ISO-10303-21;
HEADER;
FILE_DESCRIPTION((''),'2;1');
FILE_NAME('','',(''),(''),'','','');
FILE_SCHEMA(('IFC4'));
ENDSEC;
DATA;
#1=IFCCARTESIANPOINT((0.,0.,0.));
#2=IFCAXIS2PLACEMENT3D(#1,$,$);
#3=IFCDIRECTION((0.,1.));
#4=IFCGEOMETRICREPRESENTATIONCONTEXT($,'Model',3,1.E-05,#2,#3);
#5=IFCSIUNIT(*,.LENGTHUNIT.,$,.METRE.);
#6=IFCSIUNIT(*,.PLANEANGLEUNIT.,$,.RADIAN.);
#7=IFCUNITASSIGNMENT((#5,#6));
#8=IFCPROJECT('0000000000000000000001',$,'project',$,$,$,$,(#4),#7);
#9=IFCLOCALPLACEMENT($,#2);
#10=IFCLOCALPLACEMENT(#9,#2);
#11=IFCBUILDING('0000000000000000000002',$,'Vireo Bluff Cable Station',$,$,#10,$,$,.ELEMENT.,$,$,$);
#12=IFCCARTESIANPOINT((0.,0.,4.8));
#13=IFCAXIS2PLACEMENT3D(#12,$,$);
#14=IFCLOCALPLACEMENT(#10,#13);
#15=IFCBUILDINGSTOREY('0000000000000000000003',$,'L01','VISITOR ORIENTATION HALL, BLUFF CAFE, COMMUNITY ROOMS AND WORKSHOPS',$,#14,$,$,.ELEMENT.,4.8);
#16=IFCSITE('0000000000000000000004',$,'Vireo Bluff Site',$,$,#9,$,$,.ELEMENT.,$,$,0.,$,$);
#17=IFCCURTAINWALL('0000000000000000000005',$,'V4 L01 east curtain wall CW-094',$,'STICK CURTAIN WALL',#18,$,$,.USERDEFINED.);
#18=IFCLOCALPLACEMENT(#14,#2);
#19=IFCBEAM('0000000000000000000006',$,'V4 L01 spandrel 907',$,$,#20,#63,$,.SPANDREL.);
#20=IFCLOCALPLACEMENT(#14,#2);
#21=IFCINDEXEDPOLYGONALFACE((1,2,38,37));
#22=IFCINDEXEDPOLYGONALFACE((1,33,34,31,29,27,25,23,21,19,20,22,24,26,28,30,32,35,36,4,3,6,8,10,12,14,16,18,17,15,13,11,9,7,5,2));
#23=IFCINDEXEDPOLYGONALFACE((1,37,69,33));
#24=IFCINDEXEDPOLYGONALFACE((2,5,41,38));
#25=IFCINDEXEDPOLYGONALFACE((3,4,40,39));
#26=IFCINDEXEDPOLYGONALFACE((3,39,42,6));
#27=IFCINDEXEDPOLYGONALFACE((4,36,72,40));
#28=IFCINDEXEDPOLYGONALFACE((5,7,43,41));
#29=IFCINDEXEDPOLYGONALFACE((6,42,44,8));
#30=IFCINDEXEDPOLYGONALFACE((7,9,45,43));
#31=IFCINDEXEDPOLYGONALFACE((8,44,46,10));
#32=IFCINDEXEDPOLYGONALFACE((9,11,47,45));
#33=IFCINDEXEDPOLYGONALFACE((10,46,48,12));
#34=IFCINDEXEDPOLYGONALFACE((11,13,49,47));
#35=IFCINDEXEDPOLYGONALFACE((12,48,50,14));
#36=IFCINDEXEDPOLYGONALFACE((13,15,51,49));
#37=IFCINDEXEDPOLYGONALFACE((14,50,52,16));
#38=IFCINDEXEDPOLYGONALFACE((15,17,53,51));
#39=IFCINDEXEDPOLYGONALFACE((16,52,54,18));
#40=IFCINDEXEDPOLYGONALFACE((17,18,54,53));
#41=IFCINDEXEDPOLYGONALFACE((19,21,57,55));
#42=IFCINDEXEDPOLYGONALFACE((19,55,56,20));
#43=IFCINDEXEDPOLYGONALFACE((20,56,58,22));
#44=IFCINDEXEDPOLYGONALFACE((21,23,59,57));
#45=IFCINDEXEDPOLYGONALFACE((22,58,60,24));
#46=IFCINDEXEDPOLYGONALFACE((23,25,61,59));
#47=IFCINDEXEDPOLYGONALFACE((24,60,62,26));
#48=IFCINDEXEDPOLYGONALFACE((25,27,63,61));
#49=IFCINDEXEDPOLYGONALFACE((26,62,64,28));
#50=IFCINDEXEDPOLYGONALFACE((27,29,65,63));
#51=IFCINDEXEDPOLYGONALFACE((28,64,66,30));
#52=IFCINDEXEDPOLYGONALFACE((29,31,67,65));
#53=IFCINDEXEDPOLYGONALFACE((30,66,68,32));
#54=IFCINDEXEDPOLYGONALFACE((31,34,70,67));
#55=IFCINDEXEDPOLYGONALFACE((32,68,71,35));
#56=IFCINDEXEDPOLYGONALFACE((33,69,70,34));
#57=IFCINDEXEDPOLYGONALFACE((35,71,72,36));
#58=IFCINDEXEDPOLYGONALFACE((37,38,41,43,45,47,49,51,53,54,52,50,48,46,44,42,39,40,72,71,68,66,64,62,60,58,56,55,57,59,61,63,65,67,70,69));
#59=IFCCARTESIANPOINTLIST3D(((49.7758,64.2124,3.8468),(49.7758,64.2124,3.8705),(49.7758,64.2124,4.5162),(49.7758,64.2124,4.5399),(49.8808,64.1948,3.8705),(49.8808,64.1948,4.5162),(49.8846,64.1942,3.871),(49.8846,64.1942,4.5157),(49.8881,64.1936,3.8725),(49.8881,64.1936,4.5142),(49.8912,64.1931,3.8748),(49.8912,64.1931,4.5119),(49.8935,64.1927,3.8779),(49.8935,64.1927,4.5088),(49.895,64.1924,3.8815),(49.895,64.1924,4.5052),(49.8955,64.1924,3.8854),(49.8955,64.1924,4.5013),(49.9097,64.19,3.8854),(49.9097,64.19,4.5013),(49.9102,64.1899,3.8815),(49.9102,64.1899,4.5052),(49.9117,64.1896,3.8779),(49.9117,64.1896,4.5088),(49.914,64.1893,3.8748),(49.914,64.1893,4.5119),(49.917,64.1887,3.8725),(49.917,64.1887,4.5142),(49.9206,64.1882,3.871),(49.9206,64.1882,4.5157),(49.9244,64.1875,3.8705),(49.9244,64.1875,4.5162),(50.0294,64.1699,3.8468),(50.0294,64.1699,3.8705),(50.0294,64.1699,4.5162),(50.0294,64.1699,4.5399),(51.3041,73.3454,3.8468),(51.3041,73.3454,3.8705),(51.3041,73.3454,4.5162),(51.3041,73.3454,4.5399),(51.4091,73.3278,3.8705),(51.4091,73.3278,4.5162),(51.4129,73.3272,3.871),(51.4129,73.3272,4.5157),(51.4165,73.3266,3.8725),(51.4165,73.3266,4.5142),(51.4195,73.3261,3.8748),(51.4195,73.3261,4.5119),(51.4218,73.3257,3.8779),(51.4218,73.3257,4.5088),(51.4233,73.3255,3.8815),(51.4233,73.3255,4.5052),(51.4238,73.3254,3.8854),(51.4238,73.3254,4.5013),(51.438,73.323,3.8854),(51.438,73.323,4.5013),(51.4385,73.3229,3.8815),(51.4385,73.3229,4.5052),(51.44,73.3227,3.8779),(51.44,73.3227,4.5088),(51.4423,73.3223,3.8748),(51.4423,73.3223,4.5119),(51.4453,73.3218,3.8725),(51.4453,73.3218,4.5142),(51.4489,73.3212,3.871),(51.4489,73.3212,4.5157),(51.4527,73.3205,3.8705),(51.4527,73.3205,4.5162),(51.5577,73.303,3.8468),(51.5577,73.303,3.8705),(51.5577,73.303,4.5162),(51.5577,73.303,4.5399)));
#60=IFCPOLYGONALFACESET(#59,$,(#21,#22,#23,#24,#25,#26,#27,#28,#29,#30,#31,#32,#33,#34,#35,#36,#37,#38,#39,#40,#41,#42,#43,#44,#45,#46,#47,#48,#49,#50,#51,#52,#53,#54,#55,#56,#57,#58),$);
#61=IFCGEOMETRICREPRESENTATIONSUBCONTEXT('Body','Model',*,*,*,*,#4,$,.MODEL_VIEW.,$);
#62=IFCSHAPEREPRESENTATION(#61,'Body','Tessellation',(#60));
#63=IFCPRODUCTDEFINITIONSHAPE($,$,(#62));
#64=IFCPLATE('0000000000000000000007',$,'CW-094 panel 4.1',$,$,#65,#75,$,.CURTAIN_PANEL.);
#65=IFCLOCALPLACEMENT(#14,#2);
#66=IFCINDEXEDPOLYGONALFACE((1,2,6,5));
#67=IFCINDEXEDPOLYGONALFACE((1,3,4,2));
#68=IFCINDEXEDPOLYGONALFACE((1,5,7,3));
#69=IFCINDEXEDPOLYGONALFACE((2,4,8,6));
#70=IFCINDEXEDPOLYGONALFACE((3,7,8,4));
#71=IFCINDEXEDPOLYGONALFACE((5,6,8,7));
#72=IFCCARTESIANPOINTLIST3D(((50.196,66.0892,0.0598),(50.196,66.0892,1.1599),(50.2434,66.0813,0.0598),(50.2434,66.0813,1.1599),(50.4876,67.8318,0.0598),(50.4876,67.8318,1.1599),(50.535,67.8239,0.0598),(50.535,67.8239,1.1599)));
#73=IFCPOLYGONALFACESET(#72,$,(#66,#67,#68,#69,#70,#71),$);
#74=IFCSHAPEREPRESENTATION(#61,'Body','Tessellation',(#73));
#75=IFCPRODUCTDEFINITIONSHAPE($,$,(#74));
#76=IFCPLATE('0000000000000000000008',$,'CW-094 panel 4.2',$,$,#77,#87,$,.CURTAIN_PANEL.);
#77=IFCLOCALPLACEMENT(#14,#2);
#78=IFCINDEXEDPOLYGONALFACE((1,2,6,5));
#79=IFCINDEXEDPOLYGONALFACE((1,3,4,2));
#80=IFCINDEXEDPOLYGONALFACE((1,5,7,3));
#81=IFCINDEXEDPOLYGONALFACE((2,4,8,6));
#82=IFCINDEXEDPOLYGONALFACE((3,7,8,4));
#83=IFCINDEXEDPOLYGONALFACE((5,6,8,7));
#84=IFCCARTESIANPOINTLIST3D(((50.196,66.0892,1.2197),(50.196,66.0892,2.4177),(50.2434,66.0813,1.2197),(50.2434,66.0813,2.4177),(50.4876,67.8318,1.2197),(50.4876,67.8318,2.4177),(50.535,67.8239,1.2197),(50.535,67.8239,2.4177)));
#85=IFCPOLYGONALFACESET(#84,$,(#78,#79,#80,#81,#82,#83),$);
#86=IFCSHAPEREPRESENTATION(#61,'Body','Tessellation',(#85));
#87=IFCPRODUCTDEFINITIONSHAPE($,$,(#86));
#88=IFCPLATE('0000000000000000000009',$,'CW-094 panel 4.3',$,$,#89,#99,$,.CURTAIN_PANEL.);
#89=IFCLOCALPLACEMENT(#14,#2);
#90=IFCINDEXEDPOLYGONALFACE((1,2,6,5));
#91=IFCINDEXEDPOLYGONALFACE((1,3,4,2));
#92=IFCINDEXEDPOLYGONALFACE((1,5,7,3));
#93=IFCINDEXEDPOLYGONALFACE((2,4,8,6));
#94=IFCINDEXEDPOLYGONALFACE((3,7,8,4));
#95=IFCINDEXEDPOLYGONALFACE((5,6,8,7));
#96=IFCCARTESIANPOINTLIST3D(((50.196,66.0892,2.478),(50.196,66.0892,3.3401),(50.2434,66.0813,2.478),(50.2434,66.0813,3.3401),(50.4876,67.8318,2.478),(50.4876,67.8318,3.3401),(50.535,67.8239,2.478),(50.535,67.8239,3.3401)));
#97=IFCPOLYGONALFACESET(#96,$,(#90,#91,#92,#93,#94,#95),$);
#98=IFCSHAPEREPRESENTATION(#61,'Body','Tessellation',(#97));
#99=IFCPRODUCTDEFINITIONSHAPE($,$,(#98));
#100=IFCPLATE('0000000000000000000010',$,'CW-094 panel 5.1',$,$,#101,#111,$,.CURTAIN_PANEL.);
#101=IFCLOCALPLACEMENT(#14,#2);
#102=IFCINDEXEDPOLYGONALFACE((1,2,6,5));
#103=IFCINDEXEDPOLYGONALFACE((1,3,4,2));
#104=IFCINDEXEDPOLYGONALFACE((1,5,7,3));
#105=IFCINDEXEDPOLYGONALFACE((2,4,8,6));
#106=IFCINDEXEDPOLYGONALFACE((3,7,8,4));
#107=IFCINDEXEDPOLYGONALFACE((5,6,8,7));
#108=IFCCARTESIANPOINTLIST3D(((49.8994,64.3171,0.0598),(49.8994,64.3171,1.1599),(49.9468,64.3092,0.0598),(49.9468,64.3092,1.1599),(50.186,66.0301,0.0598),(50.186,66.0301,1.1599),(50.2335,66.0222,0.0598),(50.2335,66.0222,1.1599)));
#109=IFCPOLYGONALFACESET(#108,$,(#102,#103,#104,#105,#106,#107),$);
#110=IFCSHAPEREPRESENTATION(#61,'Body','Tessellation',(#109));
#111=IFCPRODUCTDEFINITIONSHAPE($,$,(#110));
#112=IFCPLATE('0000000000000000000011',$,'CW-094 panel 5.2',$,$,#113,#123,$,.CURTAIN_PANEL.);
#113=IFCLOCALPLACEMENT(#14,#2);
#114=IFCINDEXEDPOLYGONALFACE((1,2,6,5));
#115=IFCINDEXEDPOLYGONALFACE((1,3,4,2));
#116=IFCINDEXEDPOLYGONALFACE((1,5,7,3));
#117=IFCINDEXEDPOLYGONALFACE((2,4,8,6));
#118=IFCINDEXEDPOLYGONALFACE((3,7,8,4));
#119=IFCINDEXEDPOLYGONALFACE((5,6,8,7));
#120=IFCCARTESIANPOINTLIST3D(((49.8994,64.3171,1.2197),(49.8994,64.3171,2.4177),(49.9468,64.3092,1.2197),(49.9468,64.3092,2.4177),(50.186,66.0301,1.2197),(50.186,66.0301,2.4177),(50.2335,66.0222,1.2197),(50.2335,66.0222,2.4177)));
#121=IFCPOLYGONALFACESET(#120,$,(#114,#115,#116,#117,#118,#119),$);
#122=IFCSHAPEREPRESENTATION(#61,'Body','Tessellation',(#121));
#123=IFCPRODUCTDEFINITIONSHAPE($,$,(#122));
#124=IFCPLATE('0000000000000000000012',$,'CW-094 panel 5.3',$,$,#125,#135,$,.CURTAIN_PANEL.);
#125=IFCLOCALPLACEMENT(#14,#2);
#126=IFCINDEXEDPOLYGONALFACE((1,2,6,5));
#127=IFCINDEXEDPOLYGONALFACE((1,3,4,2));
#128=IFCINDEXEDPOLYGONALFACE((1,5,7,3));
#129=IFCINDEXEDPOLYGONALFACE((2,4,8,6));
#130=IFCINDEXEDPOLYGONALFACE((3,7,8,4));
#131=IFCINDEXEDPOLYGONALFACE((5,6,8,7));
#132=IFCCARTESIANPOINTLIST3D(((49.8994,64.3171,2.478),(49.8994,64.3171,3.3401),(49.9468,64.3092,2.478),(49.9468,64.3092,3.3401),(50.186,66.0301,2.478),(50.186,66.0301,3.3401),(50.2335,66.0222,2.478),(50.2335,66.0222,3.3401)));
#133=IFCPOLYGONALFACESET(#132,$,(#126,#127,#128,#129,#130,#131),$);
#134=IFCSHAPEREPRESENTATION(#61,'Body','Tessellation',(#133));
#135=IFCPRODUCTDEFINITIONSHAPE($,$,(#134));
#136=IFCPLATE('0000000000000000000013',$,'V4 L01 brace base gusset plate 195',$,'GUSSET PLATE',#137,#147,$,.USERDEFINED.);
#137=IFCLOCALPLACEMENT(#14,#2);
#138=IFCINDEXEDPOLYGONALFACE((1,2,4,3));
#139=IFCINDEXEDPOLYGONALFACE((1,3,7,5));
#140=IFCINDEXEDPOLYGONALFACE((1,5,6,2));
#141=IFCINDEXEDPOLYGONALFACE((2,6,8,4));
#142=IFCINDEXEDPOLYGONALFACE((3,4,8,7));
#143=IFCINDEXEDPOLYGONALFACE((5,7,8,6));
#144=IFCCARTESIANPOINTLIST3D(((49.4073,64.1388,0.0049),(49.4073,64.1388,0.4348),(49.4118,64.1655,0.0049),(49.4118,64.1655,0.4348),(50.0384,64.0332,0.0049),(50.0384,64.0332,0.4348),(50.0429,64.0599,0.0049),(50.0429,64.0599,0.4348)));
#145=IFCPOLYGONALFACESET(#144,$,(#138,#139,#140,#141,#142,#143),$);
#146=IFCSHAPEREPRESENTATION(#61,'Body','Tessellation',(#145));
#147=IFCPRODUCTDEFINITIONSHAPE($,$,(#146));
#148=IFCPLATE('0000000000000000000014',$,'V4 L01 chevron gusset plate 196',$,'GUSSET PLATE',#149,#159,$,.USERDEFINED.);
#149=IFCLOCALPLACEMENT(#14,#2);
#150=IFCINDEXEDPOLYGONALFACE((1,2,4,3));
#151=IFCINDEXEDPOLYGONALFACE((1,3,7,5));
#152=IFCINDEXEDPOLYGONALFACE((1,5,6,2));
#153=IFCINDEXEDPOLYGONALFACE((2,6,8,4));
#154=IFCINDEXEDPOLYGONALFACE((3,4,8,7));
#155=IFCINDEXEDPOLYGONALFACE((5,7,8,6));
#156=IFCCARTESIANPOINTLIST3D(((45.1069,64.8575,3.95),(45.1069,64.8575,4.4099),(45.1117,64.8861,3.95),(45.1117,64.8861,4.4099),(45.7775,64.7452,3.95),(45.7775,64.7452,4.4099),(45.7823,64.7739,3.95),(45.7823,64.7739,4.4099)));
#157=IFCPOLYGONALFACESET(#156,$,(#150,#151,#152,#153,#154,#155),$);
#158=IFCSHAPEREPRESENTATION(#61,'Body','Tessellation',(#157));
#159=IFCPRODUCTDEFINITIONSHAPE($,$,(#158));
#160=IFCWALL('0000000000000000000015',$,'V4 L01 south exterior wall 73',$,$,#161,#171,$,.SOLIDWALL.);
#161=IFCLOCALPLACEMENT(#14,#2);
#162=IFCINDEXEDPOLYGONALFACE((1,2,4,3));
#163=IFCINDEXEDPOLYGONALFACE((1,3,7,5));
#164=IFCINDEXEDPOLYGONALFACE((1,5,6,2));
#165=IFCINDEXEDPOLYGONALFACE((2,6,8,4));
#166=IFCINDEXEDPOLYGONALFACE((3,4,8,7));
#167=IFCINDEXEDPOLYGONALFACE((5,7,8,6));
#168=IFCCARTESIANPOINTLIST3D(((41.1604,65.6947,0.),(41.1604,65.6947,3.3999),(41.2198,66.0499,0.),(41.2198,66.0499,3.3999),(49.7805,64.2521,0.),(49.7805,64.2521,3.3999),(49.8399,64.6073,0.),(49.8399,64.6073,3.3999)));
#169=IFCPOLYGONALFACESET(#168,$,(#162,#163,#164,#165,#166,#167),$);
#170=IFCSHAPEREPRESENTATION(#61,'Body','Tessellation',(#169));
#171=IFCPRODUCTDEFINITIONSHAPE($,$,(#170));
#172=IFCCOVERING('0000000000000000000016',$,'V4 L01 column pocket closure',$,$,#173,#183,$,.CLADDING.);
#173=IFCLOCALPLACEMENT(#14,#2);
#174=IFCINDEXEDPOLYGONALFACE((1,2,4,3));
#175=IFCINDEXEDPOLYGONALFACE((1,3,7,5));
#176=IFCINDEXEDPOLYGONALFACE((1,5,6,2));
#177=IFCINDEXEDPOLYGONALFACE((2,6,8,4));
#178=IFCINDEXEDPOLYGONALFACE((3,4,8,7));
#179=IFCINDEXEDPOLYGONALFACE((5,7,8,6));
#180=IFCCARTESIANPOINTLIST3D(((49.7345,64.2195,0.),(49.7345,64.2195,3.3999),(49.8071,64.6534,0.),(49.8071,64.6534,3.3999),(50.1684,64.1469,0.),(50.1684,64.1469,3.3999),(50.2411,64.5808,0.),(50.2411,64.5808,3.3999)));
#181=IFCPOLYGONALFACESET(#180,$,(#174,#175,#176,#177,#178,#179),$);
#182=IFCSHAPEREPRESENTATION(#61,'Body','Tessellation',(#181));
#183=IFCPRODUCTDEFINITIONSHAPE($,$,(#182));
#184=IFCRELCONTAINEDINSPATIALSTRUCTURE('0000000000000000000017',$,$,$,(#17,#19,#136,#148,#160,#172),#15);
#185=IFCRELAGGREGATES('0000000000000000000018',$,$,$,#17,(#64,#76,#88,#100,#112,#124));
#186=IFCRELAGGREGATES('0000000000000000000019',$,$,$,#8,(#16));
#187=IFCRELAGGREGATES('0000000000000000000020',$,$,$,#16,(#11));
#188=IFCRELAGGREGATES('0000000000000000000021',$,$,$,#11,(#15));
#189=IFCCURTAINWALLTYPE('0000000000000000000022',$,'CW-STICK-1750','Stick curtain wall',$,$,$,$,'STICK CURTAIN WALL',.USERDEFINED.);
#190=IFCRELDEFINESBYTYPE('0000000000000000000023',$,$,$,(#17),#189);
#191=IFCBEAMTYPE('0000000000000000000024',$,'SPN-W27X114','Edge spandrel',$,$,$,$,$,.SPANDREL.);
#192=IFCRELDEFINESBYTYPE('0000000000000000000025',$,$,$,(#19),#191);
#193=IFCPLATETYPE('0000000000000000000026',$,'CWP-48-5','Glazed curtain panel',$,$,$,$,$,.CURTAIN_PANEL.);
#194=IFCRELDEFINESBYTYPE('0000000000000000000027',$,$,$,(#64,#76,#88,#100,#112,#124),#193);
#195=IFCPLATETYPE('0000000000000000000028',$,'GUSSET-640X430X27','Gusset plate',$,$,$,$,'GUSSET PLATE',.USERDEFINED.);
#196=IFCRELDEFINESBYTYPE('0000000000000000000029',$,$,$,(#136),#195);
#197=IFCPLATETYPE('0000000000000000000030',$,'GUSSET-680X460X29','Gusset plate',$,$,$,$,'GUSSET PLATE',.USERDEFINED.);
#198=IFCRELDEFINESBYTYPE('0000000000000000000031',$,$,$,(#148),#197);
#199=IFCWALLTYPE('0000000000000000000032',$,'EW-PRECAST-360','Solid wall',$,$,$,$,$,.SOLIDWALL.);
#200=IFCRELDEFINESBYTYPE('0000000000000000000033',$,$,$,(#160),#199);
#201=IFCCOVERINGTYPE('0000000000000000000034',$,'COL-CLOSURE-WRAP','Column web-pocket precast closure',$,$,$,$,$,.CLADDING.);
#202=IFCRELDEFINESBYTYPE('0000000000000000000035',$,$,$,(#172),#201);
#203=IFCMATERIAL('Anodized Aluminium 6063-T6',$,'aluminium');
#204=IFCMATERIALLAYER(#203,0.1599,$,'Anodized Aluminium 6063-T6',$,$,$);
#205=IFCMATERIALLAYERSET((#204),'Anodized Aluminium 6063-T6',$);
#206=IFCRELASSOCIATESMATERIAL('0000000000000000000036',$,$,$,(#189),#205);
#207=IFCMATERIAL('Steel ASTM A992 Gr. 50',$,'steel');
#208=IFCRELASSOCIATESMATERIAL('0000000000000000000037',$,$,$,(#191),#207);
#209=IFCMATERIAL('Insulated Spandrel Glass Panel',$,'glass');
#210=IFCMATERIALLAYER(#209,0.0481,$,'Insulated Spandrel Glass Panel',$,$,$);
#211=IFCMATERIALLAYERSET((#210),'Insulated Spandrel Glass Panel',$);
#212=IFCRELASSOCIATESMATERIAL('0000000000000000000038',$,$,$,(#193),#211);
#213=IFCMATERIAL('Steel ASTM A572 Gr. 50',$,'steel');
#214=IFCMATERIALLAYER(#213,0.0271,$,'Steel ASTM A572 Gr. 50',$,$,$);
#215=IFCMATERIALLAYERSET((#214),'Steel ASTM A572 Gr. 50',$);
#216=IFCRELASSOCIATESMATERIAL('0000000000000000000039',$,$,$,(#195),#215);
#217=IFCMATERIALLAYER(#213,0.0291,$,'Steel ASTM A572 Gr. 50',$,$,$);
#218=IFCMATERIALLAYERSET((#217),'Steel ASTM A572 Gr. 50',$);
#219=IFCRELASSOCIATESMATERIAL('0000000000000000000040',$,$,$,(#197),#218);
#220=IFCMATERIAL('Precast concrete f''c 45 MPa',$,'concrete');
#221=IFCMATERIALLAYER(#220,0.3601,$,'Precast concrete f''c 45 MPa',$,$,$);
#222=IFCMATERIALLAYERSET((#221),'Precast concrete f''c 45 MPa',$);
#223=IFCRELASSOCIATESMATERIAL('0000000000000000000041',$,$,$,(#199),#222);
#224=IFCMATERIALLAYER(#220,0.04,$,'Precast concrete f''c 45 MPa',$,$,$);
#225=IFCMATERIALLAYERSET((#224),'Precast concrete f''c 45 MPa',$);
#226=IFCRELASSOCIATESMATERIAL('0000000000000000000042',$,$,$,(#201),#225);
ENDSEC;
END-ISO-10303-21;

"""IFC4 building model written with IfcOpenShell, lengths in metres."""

from ifc_helpers import new_model, si_unit, direction, frame, frame_2d, origin, origin_2d, place, context, subcontext, project, spatial, rectangle, i_section, extrude, material, layer, layer_set, material_profile, profile_set, type_object, element, aggregate, save


model = new_model("IFC4")

# Units and contexts
model_context = context("Model", 3, precision=1e-05, world=origin(), true_north=direction((0.0, 1.0)))
body_context = subcontext(model_context, "Body", "Model", "MODEL_VIEW")
ifc_project = project(units=[si_unit("LENGTHUNIT", "METRE"), si_unit("PLANEANGLEUNIT", "RADIAN")], contexts=[model_context])

# Site, building, storey
site_placement = place(None, origin())
site = spatial("IfcSite", under=ifc_project, at=site_placement, Name="Vireo Bluff Site", CompositionType="ELEMENT", RefElevation=0.0)
building_placement = place(site_placement, origin())
building = spatial("IfcBuilding", under=site, at=building_placement, Name="Vireo Bluff Cable Station", CompositionType="ELEMENT")
storey_placement = place(building_placement, frame((0.0, 0.0, 4.8)))
storey = spatial("IfcBuildingStorey", under=building, at=storey_placement, Name="L01", Description="VISITOR ORIENTATION HALL, BLUFF CAFE, COMMUNITY ROOMS AND WORKSHOPS", CompositionType="ELEMENT", Elevation=4.8)

# Shared definitions
ifc_material_1 = material(Name="Steel ASTM A992 Gr. 50", Category="steel")

# Curtain wall
ifc_material_2 = material(Name="Anodized Aluminium 6063-T6", Category="aluminium")
ifc_layer_1 = layer(ifc_material_2, 0.1599, Name="Anodized Aluminium 6063-T6")
ifc_layer_set_1 = layer_set([ifc_layer_1], Name="Anodized Aluminium 6063-T6")
curtain_wall_type = type_object("IfcCurtainWallType", Name="CW-STICK-1750", Description="Stick curtain wall", ElementType="STICK CURTAIN WALL", PredefinedType="USERDEFINED", material=ifc_layer_set_1)
curtain_wall_placement = place(storey_placement, origin())
curtain_wall = element("IfcCurtainWall", 1, at=curtain_wall_placement, inside=storey, type_object=curtain_wall_type, Name="V4 L01 east curtain wall CW-094", ObjectType="STICK CURTAIN WALL", PredefinedType="USERDEFINED")

# Beam
ifc_material_profile_1 = material_profile(ifc_material_1, i_section(OverallWidth=0.2571, OverallDepth=0.6931, WebThickness=0.0144, FlangeThickness=0.0237, FilletRadius=0.0149, at=origin_2d()), Name="W27X114")
ifc_profile_set_1 = profile_set([ifc_material_profile_1], Name="Steel ASTM A992 Gr. 50")
beam_type_1 = type_object("IfcBeamType", Name="SPN-W27X114", Description="Edge spandrel", PredefinedType="SPANDREL", material=ifc_profile_set_1)
beam_1_placement = place(storey_placement, frame((49.9026, 64.1912, 4.1934), z_axis=(0.165045, 0.986286, 0.0), x_axis=(-0.986286, 0.165045, 0.0)))
element("IfcBeam", 2, at=beam_1_placement, inside=storey, type_object=beam_type_1, Name="V4 L01 spandrel 907", PredefinedType="SPANDREL", context=body_context, shape_type="SweptSolid", body=[
    extrude(i_section(OverallWidth=0.2571, OverallDepth=0.6931, WebThickness=0.0144, FlangeThickness=0.0237, FilletRadius=0.0149, at=origin_2d()), origin(), (0.0, 0.0, 1.0), 9.26),
])

# Plates
ifc_material_3 = material(Name="Insulated Spandrel Glass Panel", Category="glass")
ifc_layer_2 = layer(ifc_material_3, 0.0481, Name="Insulated Spandrel Glass Panel")
ifc_layer_set_2 = layer_set([ifc_layer_2], Name="Insulated Spandrel Glass Panel")
plate_type_1 = type_object("IfcPlateType", Name="CWP-48-5", Description="Glazed curtain panel", PredefinedType="CURTAIN_PANEL", material=ifc_layer_set_2)
plate_1_placement = place(storey_placement, frame((50.3655, 66.9565, 0.0598), z_axis=(0.0, 0.0, 1.0), x_axis=(-0.165048, -0.986286, 0.0)))
plate_1 = element("IfcPlate", 3, at=plate_1_placement, type_object=plate_type_1, Name="CW-094 panel 4.1", PredefinedType="CURTAIN_PANEL", context=body_context, shape_type="SweptSolid", body=[
    extrude(rectangle(XDim=1.7668, YDim=0.0481, at=origin_2d()), origin(), (0.0, 0.0, 1.0), 1.1001),
])
plate_2_placement = place(storey_placement, frame((50.3655, 66.9565, 1.2197), z_axis=(0.0, 0.0, 1.0), x_axis=(-0.165048, -0.986286, 0.0)))
plate_2 = element("IfcPlate", 4, at=plate_2_placement, type_object=plate_type_1, Name="CW-094 panel 4.2", PredefinedType="CURTAIN_PANEL", context=body_context, shape_type="SweptSolid", body=[
    extrude(rectangle(XDim=1.7668, YDim=0.0481, at=origin_2d()), origin(), (0.0, 0.0, 1.0), 1.198),
])
plate_3_placement = place(storey_placement, frame((50.3655, 66.9565, 2.478), z_axis=(0.0, 0.0, 1.0), x_axis=(-0.165048, -0.986286, 0.0)))
plate_3 = element("IfcPlate", 5, at=plate_3_placement, type_object=plate_type_1, Name="CW-094 panel 4.3", PredefinedType="CURTAIN_PANEL", context=body_context, shape_type="SweptSolid", body=[
    extrude(rectangle(XDim=1.7668, YDim=0.0481, at=origin_2d()), origin(), (0.0, 0.0, 1.0), 0.8621),
])
plate_4_placement = place(storey_placement, frame((50.0664, 65.1697, 0.0598), z_axis=(0.0, 0.0, 1.0), x_axis=(-0.165048, -0.986286, 0.0)))
plate_4 = element("IfcPlate", 6, at=plate_4_placement, type_object=plate_type_1, Name="CW-094 panel 5.1", PredefinedType="CURTAIN_PANEL", context=body_context, shape_type="SweptSolid", body=[
    extrude(rectangle(XDim=1.7368, YDim=0.0481, at=origin_2d()), origin(), (0.0, 0.0, 1.0), 1.1001),
])
plate_5_placement = place(storey_placement, frame((50.0664, 65.1697, 1.2197), z_axis=(0.0, 0.0, 1.0), x_axis=(-0.165048, -0.986286, 0.0)))
plate_5 = element("IfcPlate", 7, at=plate_5_placement, type_object=plate_type_1, Name="CW-094 panel 5.2", PredefinedType="CURTAIN_PANEL", context=body_context, shape_type="SweptSolid", body=[
    extrude(rectangle(XDim=1.7368, YDim=0.0481, at=origin_2d()), origin(), (0.0, 0.0, 1.0), 1.198),
])
plate_6_placement = place(storey_placement, frame((50.0664, 65.1697, 2.478), z_axis=(0.0, 0.0, 1.0), x_axis=(-0.165048, -0.986286, 0.0)))
plate_6 = element("IfcPlate", 8, at=plate_6_placement, type_object=plate_type_1, Name="CW-094 panel 5.3", PredefinedType="CURTAIN_PANEL", context=body_context, shape_type="SweptSolid", body=[
    extrude(rectangle(XDim=1.7368, YDim=0.0481, at=origin_2d()), origin(), (0.0, 0.0, 1.0), 0.8621),
])
aggregate(curtain_wall, [plate_1, plate_2, plate_3, plate_4, plate_5, plate_6])

# Plates
ifc_material_4 = material(Name="Steel ASTM A572 Gr. 50", Category="steel")
ifc_layer_3 = layer(ifc_material_4, 0.0271, Name="Steel ASTM A572 Gr. 50")
ifc_layer_set_3 = layer_set([ifc_layer_3], Name="Steel ASTM A572 Gr. 50")
plate_type_2 = type_object("IfcPlateType", Name="GUSSET-640X430X27", Description="Gusset plate", ElementType="GUSSET PLATE", PredefinedType="USERDEFINED", material=ifc_layer_set_3)
plate_7_placement = place(storey_placement, frame((49.7251, 64.0994, 0.0049), z_axis=(0.0, 0.0, 1.0), x_axis=(0.986286, -0.165048, 0.0)))
element("IfcPlate", 9, at=plate_7_placement, inside=storey, type_object=plate_type_2, Name="V4 L01 brace base gusset plate 195", ObjectType="GUSSET PLATE", PredefinedType="USERDEFINED", context=body_context, shape_type="SweptSolid", body=[
    extrude(rectangle(XDim=0.6399, YDim=0.0271, at=origin_2d()), origin(), (0.0, 0.0, 1.0), 0.4299),
])
ifc_layer_4 = layer(ifc_material_4, 0.0291, Name="Steel ASTM A572 Gr. 50")
ifc_layer_set_4 = layer_set([ifc_layer_4], Name="Steel ASTM A572 Gr. 50")
plate_type_3 = type_object("IfcPlateType", Name="GUSSET-680X460X29", Description="Gusset plate", ElementType="GUSSET PLATE", PredefinedType="USERDEFINED", material=ifc_layer_set_4)
plate_8_placement = place(storey_placement, frame((45.4446, 64.8157, 3.95), z_axis=(0.0, 0.0, 1.0), x_axis=(0.986286, -0.165048, 0.0)))
element("IfcPlate", 10, at=plate_8_placement, inside=storey, type_object=plate_type_3, Name="V4 L01 chevron gusset plate 196", ObjectType="GUSSET PLATE", PredefinedType="USERDEFINED", context=body_context, shape_type="SweptSolid", body=[
    extrude(rectangle(XDim=0.6799, YDim=0.0291, at=origin_2d()), origin(), (0.0, 0.0, 1.0), 0.46),
])

# Wall
ifc_material_5 = material(Name="Precast concrete f'c 45 MPa", Category="concrete")
ifc_layer_5 = layer(ifc_material_5, 0.3601, Name="Precast concrete f'c 45 MPa")
ifc_layer_set_5 = layer_set([ifc_layer_5], Name="Precast concrete f'c 45 MPa")
wall_type = type_object("IfcWallType", Name="EW-PRECAST-360", Description="Solid wall", PredefinedType="SOLIDWALL", material=ifc_layer_set_5)
wall_placement = place(storey_placement, frame((49.8103, 64.4297, 0.0), z_axis=(0.0, 0.0, 1.0), x_axis=(-0.986283, 0.16506, 0.0)))
element("IfcWall", 11, at=wall_placement, inside=storey, type_object=wall_type, Name="V4 L01 south exterior wall 73", PredefinedType="SOLIDWALL", context=body_context, shape_type="SweptSolid", body=[
    extrude(rectangle(XDim=8.74, YDim=0.3601, at=frame_2d((4.3701, 0.0))), origin(), (0.0, 0.0, 1.0), 3.3999),
])

# Covering
ifc_layer_6 = layer(ifc_material_5, 0.04, Name="Precast concrete f'c 45 MPa")
ifc_layer_set_6 = layer_set([ifc_layer_6], Name="Precast concrete f'c 45 MPa")
covering_type = type_object("IfcCoveringType", Name="COL-CLOSURE-WRAP", Description="Column web-pocket precast closure", PredefinedType="CLADDING", material=ifc_layer_set_6)
covering_placement = place(storey_placement, frame((49.9878, 64.4001, 0.0), z_axis=(0.0, 0.0, 1.0), x_axis=(0.986286, -0.165048, 0.0)))
element("IfcCovering", 12, at=covering_placement, inside=storey, type_object=covering_type, Name="V4 L01 column pocket closure", PredefinedType="CLADDING", context=body_context, shape_type="SweptSolid", body=[
    extrude(rectangle(XDim=0.4399, YDim=0.4399, at=origin_2d()), origin(), (0.0, 0.0, 1.0), 3.3999),
])

save(model, "model.ifc")
